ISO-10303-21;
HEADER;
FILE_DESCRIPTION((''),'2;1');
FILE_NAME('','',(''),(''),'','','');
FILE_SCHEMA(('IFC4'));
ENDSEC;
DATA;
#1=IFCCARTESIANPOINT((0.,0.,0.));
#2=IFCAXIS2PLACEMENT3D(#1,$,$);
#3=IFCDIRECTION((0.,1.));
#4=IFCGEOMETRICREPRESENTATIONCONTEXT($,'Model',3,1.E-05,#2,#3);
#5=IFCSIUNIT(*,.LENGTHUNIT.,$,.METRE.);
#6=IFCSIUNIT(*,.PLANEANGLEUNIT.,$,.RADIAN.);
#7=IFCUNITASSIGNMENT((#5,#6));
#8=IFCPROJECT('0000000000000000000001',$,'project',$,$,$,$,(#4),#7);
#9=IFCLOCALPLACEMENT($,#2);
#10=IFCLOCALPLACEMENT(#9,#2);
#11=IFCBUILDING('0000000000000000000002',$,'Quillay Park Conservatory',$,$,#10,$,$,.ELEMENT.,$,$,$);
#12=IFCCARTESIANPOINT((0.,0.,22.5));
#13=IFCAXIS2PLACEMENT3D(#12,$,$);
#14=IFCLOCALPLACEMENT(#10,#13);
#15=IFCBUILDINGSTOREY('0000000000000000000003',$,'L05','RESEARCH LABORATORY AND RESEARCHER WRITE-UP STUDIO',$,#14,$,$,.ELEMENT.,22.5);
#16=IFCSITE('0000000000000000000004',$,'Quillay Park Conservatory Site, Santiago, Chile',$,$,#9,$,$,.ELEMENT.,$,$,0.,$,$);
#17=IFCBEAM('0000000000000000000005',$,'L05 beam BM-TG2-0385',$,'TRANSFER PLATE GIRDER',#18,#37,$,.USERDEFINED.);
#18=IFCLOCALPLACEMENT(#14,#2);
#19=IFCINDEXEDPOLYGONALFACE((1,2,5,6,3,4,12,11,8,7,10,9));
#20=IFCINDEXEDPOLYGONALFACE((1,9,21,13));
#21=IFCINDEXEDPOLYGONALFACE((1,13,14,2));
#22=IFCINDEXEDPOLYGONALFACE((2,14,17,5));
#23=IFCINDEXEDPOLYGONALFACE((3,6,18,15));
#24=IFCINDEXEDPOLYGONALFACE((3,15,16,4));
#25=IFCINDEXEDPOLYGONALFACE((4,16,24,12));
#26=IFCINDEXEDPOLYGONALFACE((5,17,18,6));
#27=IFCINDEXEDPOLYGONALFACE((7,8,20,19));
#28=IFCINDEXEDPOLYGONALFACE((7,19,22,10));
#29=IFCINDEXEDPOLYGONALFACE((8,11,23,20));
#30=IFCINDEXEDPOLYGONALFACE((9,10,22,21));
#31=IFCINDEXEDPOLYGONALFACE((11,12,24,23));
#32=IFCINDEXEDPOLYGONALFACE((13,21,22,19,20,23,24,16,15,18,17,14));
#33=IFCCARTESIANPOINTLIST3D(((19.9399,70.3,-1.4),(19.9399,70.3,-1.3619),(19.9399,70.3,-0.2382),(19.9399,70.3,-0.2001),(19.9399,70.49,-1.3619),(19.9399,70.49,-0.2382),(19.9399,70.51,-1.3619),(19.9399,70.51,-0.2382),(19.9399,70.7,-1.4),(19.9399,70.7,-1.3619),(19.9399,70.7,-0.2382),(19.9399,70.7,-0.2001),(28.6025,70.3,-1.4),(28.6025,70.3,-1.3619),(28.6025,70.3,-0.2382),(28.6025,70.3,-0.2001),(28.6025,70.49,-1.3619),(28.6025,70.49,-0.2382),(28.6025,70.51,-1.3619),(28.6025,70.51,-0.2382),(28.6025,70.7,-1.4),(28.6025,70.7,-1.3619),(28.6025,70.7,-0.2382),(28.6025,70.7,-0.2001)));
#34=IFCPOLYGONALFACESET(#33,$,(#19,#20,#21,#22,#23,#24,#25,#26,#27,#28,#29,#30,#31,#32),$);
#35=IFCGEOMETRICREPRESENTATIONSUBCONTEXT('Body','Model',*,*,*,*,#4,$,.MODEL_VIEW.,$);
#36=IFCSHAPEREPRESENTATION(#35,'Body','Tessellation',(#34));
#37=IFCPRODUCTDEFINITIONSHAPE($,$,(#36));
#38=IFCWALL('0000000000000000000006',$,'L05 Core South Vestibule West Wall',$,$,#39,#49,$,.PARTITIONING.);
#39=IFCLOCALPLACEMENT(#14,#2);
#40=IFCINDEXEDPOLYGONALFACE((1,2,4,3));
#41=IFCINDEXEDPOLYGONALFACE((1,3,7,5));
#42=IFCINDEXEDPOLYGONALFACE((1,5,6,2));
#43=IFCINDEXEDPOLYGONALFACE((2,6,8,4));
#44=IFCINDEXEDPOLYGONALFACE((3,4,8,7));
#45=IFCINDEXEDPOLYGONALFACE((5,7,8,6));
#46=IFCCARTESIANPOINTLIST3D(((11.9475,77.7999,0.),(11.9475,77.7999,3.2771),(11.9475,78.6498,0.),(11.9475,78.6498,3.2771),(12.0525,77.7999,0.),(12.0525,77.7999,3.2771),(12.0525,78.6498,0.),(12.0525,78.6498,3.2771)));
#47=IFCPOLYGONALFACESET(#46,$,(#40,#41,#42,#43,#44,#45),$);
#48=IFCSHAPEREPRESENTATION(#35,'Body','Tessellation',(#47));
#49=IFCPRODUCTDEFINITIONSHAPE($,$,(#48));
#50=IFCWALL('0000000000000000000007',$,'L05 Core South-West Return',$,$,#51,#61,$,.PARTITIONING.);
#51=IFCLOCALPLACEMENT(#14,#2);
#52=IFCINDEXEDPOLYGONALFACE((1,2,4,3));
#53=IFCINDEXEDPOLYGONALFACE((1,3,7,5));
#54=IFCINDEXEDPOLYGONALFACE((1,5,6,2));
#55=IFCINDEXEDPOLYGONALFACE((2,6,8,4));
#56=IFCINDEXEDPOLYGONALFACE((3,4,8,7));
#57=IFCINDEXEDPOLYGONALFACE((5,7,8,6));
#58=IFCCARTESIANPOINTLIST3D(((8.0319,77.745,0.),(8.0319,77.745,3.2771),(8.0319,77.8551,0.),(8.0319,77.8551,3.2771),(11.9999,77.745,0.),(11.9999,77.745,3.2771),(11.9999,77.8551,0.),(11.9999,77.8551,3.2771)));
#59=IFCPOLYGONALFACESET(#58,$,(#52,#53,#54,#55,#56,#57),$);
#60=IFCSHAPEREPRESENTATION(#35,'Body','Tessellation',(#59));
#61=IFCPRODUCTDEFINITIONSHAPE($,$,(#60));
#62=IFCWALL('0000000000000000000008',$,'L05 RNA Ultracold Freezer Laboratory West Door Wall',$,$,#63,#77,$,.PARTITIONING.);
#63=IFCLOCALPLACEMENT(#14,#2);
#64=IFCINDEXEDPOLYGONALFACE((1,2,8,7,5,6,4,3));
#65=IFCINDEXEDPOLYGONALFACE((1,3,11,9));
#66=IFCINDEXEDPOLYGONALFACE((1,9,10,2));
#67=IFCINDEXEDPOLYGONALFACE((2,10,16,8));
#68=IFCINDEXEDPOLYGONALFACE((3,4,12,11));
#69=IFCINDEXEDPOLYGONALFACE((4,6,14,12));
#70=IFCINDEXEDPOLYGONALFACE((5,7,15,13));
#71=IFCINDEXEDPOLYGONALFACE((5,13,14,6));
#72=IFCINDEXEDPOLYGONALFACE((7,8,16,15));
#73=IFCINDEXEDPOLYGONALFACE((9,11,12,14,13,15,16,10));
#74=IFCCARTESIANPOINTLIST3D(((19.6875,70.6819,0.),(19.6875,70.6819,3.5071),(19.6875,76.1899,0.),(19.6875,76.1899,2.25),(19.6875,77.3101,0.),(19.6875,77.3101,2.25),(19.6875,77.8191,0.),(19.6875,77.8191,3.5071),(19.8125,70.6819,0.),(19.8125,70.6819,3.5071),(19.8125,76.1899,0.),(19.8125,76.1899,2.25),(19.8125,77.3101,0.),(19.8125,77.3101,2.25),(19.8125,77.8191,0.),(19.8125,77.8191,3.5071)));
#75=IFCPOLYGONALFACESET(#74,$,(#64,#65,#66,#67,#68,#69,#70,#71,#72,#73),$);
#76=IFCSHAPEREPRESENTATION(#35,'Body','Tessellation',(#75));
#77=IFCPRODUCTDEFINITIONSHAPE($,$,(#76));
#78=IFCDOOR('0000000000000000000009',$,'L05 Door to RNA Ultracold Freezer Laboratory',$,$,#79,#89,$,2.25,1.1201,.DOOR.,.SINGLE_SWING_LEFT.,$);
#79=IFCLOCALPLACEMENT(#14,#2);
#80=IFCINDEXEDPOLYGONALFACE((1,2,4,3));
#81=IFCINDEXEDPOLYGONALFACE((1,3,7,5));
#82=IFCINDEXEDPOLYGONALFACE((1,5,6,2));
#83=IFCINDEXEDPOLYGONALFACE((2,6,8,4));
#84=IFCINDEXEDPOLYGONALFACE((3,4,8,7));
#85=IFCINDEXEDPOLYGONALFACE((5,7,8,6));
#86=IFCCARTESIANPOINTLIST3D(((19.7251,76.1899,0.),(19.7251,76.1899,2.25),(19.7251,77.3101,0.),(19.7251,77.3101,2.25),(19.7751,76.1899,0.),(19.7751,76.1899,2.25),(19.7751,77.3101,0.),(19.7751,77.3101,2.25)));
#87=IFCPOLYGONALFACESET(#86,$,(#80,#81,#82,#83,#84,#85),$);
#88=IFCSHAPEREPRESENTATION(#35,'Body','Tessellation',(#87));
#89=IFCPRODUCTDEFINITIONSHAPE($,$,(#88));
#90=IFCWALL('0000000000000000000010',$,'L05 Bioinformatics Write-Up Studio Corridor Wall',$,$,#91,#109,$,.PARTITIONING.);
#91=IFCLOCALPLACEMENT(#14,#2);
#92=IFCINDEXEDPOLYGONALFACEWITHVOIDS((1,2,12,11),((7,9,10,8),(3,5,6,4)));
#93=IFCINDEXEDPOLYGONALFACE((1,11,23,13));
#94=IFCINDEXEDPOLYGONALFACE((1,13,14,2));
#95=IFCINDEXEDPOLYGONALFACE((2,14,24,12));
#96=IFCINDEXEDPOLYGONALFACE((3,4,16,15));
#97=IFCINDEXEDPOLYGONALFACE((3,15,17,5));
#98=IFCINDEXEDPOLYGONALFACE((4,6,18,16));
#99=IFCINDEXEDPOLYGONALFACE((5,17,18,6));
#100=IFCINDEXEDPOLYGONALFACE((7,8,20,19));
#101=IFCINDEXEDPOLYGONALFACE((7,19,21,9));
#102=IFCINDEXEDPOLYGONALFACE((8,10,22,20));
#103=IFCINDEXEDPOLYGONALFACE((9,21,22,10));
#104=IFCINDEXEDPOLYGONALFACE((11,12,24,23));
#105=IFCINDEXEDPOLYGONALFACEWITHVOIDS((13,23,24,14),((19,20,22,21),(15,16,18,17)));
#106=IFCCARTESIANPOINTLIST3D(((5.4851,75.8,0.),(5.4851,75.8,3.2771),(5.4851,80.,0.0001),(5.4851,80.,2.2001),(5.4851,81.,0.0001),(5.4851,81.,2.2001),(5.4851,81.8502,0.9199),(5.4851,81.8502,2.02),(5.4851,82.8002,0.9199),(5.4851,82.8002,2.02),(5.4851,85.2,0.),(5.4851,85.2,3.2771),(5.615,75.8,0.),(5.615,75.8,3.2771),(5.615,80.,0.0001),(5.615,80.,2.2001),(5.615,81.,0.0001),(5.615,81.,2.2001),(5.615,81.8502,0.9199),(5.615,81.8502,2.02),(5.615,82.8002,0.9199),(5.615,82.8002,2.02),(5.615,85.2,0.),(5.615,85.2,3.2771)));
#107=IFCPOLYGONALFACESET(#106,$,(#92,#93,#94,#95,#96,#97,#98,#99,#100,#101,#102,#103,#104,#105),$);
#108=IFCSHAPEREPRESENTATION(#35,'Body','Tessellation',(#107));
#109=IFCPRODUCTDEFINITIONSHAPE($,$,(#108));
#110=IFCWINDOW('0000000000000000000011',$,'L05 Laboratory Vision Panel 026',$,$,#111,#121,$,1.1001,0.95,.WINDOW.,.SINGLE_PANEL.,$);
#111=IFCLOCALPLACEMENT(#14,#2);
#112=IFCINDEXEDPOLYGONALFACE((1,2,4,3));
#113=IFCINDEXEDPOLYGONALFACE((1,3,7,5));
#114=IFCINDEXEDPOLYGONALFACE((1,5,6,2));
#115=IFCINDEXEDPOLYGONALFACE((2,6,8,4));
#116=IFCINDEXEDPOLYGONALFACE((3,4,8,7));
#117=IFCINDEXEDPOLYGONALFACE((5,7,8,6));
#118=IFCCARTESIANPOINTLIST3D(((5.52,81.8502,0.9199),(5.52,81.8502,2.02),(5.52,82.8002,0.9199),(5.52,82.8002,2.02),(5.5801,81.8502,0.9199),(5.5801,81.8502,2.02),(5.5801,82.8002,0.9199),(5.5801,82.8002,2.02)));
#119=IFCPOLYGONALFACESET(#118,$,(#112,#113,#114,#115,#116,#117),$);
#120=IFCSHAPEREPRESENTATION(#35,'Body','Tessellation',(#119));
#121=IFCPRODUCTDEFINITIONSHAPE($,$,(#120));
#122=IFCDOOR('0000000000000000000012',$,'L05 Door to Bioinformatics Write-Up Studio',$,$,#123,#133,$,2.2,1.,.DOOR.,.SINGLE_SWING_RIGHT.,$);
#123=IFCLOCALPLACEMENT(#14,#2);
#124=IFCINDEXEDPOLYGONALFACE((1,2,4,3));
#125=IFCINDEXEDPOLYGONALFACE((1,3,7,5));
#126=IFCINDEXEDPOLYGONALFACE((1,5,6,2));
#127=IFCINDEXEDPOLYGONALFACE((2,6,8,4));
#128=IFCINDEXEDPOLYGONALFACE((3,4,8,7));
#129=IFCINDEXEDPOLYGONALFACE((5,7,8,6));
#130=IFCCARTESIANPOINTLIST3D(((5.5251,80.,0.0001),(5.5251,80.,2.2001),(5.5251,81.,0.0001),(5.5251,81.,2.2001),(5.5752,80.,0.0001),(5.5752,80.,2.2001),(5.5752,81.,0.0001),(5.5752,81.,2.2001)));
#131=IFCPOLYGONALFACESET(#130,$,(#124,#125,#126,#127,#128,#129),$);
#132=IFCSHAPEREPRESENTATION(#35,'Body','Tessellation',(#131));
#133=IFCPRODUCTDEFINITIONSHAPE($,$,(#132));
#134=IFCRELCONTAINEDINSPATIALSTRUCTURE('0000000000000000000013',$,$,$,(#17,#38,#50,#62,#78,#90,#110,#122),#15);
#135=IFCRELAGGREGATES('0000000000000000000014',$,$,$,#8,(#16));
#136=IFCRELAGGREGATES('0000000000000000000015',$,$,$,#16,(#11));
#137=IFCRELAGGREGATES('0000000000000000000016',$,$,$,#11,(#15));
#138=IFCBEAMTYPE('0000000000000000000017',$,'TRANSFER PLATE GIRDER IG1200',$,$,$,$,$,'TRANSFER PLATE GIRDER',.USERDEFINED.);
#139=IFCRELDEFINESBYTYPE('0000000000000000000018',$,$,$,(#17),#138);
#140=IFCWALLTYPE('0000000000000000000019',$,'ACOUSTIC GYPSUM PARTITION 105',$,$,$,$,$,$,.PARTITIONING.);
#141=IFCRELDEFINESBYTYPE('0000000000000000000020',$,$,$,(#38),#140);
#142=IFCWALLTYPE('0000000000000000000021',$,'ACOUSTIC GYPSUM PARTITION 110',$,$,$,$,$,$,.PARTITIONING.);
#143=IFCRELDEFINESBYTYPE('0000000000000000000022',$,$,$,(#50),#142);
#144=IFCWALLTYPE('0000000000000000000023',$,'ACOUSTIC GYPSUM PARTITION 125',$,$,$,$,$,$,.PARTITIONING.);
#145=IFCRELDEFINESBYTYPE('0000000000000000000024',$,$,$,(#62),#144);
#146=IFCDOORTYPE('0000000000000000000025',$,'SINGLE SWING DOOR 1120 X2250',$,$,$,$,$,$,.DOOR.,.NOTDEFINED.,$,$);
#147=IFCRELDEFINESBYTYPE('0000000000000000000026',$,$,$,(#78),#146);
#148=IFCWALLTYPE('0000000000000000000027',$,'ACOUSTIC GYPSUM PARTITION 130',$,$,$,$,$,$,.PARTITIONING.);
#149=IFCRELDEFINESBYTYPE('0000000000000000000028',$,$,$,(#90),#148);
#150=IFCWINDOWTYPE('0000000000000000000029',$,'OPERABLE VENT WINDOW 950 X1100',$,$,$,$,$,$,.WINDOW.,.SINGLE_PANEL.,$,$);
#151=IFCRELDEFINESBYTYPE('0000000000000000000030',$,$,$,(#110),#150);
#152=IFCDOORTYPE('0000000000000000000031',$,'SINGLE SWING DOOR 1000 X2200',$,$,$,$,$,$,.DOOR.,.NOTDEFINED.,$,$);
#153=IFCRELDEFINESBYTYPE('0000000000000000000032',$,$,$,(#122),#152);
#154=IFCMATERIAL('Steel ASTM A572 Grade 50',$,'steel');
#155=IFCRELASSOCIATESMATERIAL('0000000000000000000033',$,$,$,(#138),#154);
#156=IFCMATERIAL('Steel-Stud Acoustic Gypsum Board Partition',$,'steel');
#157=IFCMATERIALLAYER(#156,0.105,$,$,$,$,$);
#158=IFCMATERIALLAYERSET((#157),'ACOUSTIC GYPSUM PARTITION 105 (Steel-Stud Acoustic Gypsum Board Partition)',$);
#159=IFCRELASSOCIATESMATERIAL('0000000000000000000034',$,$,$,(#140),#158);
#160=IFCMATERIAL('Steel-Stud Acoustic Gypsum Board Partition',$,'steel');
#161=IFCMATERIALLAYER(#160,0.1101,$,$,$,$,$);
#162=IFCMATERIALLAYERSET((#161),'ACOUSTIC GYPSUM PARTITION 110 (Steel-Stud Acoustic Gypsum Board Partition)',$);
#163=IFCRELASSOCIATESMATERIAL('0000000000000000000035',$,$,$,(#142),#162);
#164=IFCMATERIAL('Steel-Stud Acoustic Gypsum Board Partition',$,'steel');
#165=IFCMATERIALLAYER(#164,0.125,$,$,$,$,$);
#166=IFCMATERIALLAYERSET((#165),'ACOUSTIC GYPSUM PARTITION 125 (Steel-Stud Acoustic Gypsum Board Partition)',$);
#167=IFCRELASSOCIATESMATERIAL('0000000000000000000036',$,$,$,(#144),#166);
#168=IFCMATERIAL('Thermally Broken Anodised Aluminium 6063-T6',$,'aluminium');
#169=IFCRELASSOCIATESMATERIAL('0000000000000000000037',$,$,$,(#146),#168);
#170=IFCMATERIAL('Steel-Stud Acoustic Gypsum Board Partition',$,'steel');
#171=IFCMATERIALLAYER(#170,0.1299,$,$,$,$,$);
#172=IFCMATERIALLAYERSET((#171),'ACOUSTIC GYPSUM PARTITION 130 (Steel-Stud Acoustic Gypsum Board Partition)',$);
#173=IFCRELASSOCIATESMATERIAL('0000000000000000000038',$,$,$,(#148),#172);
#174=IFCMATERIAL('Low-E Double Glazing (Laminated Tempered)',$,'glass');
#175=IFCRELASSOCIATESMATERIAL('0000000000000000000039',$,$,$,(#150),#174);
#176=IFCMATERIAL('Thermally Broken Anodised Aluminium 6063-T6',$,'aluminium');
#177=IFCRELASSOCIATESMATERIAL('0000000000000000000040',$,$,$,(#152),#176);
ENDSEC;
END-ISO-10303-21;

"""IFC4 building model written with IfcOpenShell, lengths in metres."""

from ifc_helpers import new_model, si_unit, direction, frame, frame_2d, origin, origin_2d, place, context, subcontext, project, spatial, rectangle, i_section, extrude, material, layer, layer_set, material_profile, profile_set, type_object, element, fill, save


model = new_model("IFC4")

# Units and contexts
model_context = context("Model", 3, precision=1e-05, world=origin(), true_north=direction((0.0, 1.0)))
body_context = subcontext(model_context, "Body", "Model", "MODEL_VIEW")
ifc_project = project(units=[si_unit("LENGTHUNIT", "METRE"), si_unit("PLANEANGLEUNIT", "RADIAN")], contexts=[model_context])

# Site, building, storey
site_placement = place(None, origin())
site = spatial("IfcSite", under=ifc_project, at=site_placement, Name="Quillay Park Conservatory Site, Santiago, Chile", CompositionType="ELEMENT", RefElevation=0.0)
building_placement = place(site_placement, origin())
building = spatial("IfcBuilding", under=site, at=building_placement, Name="Quillay Park Conservatory", CompositionType="ELEMENT")
storey_placement = place(building_placement, frame((0.0, 0.0, 22.5)))
storey = spatial("IfcBuildingStorey", under=building, at=storey_placement, Name="L05", Description="RESEARCH LABORATORY AND RESEARCHER WRITE-UP STUDIO", CompositionType="ELEMENT", Elevation=22.5)

# Beam
ifc_material_1 = material(Name="Steel ASTM A572 Grade 50", Category="steel")
ifc_material_profile_1 = material_profile(ifc_material_1, i_section(OverallWidth=0.3999, OverallDepth=1.2, WebThickness=0.02, FlangeThickness=0.0381, at=origin_2d()), Name="IG1200x400")
ifc_profile_set_1 = profile_set([ifc_material_profile_1], Name="Steel ASTM A572 Grade 50")
beam_type_1 = type_object("IfcBeamType", Name="TRANSFER PLATE GIRDER IG1200", ElementType="TRANSFER PLATE GIRDER", PredefinedType="USERDEFINED", material=ifc_profile_set_1)
beam_1_placement = place(storey_placement, frame((19.9399, 70.5, -0.8), z_axis=(1.0, 0.0, 0.0), x_axis=(0.0, 1.0, 0.0)))
element("IfcBeam", 1, at=beam_1_placement, inside=storey, type_object=beam_type_1, Name="L05 beam BM-TG2-0385", ObjectType="TRANSFER PLATE GIRDER", PredefinedType="USERDEFINED", context=body_context, shape_type="SweptSolid", body=[
    extrude(i_section(OverallWidth=0.3999, OverallDepth=1.2, WebThickness=0.02, FlangeThickness=0.0381, at=origin_2d()), origin(), (0.0, 0.0, 1.0), 8.6626),
])

# Walls
ifc_material_2 = material(Name="Steel-Stud Acoustic Gypsum Board Partition", Category="steel")
ifc_layer_1 = layer(ifc_material_2, 0.105)
ifc_layer_set_1 = layer_set([ifc_layer_1], Name="ACOUSTIC GYPSUM PARTITION 105 (Steel-Stud Acoustic Gypsum Board Partition)")
wall_type_1 = type_object("IfcWallType", Name="ACOUSTIC GYPSUM PARTITION 105", PredefinedType="PARTITIONING", material=ifc_layer_set_1)
wall_1_placement = place(storey_placement, frame((12.0, 77.8, 0.0), z_axis=(0.0, 0.0, 1.0), x_axis=(0.0, 1.0, 0.0)))
element("IfcWall", 2, at=wall_1_placement, inside=storey, type_object=wall_type_1, Name="L05 Core South Vestibule West Wall", PredefinedType="PARTITIONING", context=body_context, shape_type="SweptSolid", body=[
    extrude(rectangle(XDim=0.8499, YDim=0.105, at=frame_2d((0.4248, 0.0))), origin(), (0.0, 0.0, 1.0), 3.2771),
])
ifc_material_3 = material(Name="Steel-Stud Acoustic Gypsum Board Partition", Category="steel")
ifc_layer_2 = layer(ifc_material_3, 0.1101)
ifc_layer_set_2 = layer_set([ifc_layer_2], Name="ACOUSTIC GYPSUM PARTITION 110 (Steel-Stud Acoustic Gypsum Board Partition)")
wall_type_2 = type_object("IfcWallType", Name="ACOUSTIC GYPSUM PARTITION 110", PredefinedType="PARTITIONING", material=ifc_layer_set_2)
wall_2_placement = place(storey_placement, frame((8.032, 77.8, 0.0), z_axis=(0.0, 0.0, 1.0), x_axis=(1.0, 0.0, 0.0)))
element("IfcWall", 3, at=wall_2_placement, inside=storey, type_object=wall_type_2, Name="L05 Core South-West Return", PredefinedType="PARTITIONING", context=body_context, shape_type="SweptSolid", body=[
    extrude(rectangle(XDim=3.968, YDim=0.1101, at=frame_2d((1.9839, 0.0))), origin(), (0.0, 0.0, 1.0), 3.2771),
])

# Wall, opening, door
ifc_material_4 = material(Name="Steel-Stud Acoustic Gypsum Board Partition", Category="steel")
ifc_layer_3 = layer(ifc_material_4, 0.125)
ifc_layer_set_3 = layer_set([ifc_layer_3], Name="ACOUSTIC GYPSUM PARTITION 125 (Steel-Stud Acoustic Gypsum Board Partition)")
wall_type_3 = type_object("IfcWallType", Name="ACOUSTIC GYPSUM PARTITION 125", PredefinedType="PARTITIONING", material=ifc_layer_set_3)
wall_3_placement = place(storey_placement, frame((19.75, 70.6819, 0.0), z_axis=(0.0, 0.0, 1.0), x_axis=(0.0, 1.0, 0.0)))
wall_3 = element("IfcWall", 4, at=wall_3_placement, inside=storey, type_object=wall_type_3, Name="L05 RNA Ultracold Freezer Laboratory West Door Wall", PredefinedType="PARTITIONING", context=body_context, shape_type="SweptSolid", body=[
    extrude(rectangle(XDim=7.1372, YDim=0.125, at=frame_2d((3.5686, 0.0))), origin(), (0.0, 0.0, 1.0), 3.5071),
])
opening_1_placement = place(wall_3_placement, frame((5.5081, 0.0, 0.0)))
opening_1 = element("IfcOpeningElement", 5, at=opening_1_placement, cuts=wall_3, PredefinedType="OPENING", context=body_context, shape_type="SweptSolid", body=[
    extrude(rectangle(XDim=1.1201, YDim=2.25, at=frame_2d((0.5601, 1.125))), frame((0.0, 0.0625, 0.0), z_axis=(0.0, -1.0, 0.0), x_axis=(1.0, 0.0, 0.0)), (0.0, 0.0, 1.0), 0.125),
])
ifc_material_5 = material(Name="Thermally Broken Anodised Aluminium 6063-T6", Category="aluminium")
door_type_1 = type_object("IfcDoorType", Name="SINGLE SWING DOOR 1120 X2250", OperationType="NOTDEFINED", PredefinedType="DOOR", material=ifc_material_5)
door_1_placement = place(opening_1_placement, origin())
door_1 = element("IfcDoor", 6, at=door_1_placement, inside=storey, type_object=door_type_1, Name="L05 Door to RNA Ultracold Freezer Laboratory", OperationType="SINGLE_SWING_LEFT", OverallHeight=2.25, OverallWidth=1.1201, PredefinedType="DOOR", context=body_context, shape_type="SweptSolid", body=[
    extrude(rectangle(XDim=1.1201, YDim=2.25, at=frame_2d((0.5601, 1.125))), frame((0.0, 0.0249, 0.0), z_axis=(0.0, -1.0, 0.0), x_axis=(1.0, 0.0, 0.0)), (0.0, 0.0, 1.0), 0.05),
])
fill(opening_1, door_1)

# Wall, openings, window, door
ifc_material_6 = material(Name="Steel-Stud Acoustic Gypsum Board Partition", Category="steel")
ifc_layer_4 = layer(ifc_material_6, 0.1299)
ifc_layer_set_4 = layer_set([ifc_layer_4], Name="ACOUSTIC GYPSUM PARTITION 130 (Steel-Stud Acoustic Gypsum Board Partition)")
wall_type_4 = type_object("IfcWallType", Name="ACOUSTIC GYPSUM PARTITION 130", PredefinedType="PARTITIONING", material=ifc_layer_set_4)
wall_4_placement = place(storey_placement, frame((5.55, 75.8, 0.0), z_axis=(0.0, 0.0, 1.0), x_axis=(0.0, 1.0, 0.0)))
wall_4 = element("IfcWall", 7, at=wall_4_placement, inside=storey, type_object=wall_type_4, Name="L05 Bioinformatics Write-Up Studio Corridor Wall", PredefinedType="PARTITIONING", context=body_context, shape_type="SweptSolid", body=[
    extrude(rectangle(XDim=9.3999, YDim=0.1299, at=frame_2d((4.7, 0.0))), origin(), (0.0, 0.0, 1.0), 3.2771),
])
opening_2_placement = place(wall_4_placement, frame((4.2, 0.0, 0.0)))
opening_2 = element("IfcOpeningElement", 8, at=opening_2_placement, cuts=wall_4, PredefinedType="OPENING", context=body_context, shape_type="SweptSolid", body=[
    extrude(rectangle(XDim=1.0, YDim=2.2, at=frame_2d((0.5, 1.1001))), frame((0.0, 0.0649, 0.0), z_axis=(0.0, -1.0, 0.0), x_axis=(1.0, 0.0, 0.0)), (0.0, 0.0, 1.0), 0.1299),
])
opening_3_placement = place(wall_4_placement, frame((6.05, 0.0, 0.9199)))
opening_3 = element("IfcOpeningElement", 9, at=opening_3_placement, cuts=wall_4, PredefinedType="OPENING", context=body_context, shape_type="SweptSolid", body=[
    extrude(rectangle(XDim=0.95, YDim=1.1001, at=frame_2d((0.4751, 0.55))), frame((0.0, 0.0649, 0.0), z_axis=(0.0, -1.0, 0.0), x_axis=(1.0, 0.0, 0.0)), (0.0, 0.0, 1.0), 0.1299),
])
ifc_material_7 = material(Name="Low-E Double Glazing (Laminated Tempered)", Category="glass")
window_type_1 = type_object("IfcWindowType", Name="OPERABLE VENT WINDOW 950 X1100", PartitioningType="SINGLE_PANEL", PredefinedType="WINDOW", material=ifc_material_7)
window_1_placement = place(opening_3_placement, origin())
window_1 = element("IfcWindow", 10, at=window_1_placement, inside=storey, type_object=window_type_1, Name="L05 Laboratory Vision Panel 026", OverallHeight=1.1001, OverallWidth=0.95, PartitioningType="SINGLE_PANEL", PredefinedType="WINDOW", context=body_context, shape_type="SweptSolid", body=[
    extrude(rectangle(XDim=0.95, YDim=1.1001, at=frame_2d((0.4751, 0.55))), frame((0.0, 0.03, 0.0), z_axis=(0.0, -1.0, 0.0), x_axis=(1.0, 0.0, 0.0)), (0.0, 0.0, 1.0), 0.0601),
])
fill(opening_3, window_1)
ifc_material_8 = material(Name="Thermally Broken Anodised Aluminium 6063-T6", Category="aluminium")
door_type_2 = type_object("IfcDoorType", Name="SINGLE SWING DOOR 1000 X2200", OperationType="NOTDEFINED", PredefinedType="DOOR", material=ifc_material_8)
door_2_placement = place(opening_2_placement, origin())
door_2 = element("IfcDoor", 11, at=door_2_placement, inside=storey, type_object=door_type_2, Name="L05 Door to Bioinformatics Write-Up Studio", OperationType="SINGLE_SWING_RIGHT", OverallHeight=2.2, OverallWidth=1.0, PredefinedType="DOOR", context=body_context, shape_type="SweptSolid", body=[
    extrude(rectangle(XDim=1.0, YDim=2.2, at=frame_2d((0.5, 1.1001))), frame((0.0, 0.0249, 0.0), z_axis=(0.0, -1.0, 0.0), x_axis=(1.0, 0.0, 0.0)), (0.0, 0.0, 1.0), 0.05),
])
fill(opening_2, door_2)

save(model, "model.ifc")
